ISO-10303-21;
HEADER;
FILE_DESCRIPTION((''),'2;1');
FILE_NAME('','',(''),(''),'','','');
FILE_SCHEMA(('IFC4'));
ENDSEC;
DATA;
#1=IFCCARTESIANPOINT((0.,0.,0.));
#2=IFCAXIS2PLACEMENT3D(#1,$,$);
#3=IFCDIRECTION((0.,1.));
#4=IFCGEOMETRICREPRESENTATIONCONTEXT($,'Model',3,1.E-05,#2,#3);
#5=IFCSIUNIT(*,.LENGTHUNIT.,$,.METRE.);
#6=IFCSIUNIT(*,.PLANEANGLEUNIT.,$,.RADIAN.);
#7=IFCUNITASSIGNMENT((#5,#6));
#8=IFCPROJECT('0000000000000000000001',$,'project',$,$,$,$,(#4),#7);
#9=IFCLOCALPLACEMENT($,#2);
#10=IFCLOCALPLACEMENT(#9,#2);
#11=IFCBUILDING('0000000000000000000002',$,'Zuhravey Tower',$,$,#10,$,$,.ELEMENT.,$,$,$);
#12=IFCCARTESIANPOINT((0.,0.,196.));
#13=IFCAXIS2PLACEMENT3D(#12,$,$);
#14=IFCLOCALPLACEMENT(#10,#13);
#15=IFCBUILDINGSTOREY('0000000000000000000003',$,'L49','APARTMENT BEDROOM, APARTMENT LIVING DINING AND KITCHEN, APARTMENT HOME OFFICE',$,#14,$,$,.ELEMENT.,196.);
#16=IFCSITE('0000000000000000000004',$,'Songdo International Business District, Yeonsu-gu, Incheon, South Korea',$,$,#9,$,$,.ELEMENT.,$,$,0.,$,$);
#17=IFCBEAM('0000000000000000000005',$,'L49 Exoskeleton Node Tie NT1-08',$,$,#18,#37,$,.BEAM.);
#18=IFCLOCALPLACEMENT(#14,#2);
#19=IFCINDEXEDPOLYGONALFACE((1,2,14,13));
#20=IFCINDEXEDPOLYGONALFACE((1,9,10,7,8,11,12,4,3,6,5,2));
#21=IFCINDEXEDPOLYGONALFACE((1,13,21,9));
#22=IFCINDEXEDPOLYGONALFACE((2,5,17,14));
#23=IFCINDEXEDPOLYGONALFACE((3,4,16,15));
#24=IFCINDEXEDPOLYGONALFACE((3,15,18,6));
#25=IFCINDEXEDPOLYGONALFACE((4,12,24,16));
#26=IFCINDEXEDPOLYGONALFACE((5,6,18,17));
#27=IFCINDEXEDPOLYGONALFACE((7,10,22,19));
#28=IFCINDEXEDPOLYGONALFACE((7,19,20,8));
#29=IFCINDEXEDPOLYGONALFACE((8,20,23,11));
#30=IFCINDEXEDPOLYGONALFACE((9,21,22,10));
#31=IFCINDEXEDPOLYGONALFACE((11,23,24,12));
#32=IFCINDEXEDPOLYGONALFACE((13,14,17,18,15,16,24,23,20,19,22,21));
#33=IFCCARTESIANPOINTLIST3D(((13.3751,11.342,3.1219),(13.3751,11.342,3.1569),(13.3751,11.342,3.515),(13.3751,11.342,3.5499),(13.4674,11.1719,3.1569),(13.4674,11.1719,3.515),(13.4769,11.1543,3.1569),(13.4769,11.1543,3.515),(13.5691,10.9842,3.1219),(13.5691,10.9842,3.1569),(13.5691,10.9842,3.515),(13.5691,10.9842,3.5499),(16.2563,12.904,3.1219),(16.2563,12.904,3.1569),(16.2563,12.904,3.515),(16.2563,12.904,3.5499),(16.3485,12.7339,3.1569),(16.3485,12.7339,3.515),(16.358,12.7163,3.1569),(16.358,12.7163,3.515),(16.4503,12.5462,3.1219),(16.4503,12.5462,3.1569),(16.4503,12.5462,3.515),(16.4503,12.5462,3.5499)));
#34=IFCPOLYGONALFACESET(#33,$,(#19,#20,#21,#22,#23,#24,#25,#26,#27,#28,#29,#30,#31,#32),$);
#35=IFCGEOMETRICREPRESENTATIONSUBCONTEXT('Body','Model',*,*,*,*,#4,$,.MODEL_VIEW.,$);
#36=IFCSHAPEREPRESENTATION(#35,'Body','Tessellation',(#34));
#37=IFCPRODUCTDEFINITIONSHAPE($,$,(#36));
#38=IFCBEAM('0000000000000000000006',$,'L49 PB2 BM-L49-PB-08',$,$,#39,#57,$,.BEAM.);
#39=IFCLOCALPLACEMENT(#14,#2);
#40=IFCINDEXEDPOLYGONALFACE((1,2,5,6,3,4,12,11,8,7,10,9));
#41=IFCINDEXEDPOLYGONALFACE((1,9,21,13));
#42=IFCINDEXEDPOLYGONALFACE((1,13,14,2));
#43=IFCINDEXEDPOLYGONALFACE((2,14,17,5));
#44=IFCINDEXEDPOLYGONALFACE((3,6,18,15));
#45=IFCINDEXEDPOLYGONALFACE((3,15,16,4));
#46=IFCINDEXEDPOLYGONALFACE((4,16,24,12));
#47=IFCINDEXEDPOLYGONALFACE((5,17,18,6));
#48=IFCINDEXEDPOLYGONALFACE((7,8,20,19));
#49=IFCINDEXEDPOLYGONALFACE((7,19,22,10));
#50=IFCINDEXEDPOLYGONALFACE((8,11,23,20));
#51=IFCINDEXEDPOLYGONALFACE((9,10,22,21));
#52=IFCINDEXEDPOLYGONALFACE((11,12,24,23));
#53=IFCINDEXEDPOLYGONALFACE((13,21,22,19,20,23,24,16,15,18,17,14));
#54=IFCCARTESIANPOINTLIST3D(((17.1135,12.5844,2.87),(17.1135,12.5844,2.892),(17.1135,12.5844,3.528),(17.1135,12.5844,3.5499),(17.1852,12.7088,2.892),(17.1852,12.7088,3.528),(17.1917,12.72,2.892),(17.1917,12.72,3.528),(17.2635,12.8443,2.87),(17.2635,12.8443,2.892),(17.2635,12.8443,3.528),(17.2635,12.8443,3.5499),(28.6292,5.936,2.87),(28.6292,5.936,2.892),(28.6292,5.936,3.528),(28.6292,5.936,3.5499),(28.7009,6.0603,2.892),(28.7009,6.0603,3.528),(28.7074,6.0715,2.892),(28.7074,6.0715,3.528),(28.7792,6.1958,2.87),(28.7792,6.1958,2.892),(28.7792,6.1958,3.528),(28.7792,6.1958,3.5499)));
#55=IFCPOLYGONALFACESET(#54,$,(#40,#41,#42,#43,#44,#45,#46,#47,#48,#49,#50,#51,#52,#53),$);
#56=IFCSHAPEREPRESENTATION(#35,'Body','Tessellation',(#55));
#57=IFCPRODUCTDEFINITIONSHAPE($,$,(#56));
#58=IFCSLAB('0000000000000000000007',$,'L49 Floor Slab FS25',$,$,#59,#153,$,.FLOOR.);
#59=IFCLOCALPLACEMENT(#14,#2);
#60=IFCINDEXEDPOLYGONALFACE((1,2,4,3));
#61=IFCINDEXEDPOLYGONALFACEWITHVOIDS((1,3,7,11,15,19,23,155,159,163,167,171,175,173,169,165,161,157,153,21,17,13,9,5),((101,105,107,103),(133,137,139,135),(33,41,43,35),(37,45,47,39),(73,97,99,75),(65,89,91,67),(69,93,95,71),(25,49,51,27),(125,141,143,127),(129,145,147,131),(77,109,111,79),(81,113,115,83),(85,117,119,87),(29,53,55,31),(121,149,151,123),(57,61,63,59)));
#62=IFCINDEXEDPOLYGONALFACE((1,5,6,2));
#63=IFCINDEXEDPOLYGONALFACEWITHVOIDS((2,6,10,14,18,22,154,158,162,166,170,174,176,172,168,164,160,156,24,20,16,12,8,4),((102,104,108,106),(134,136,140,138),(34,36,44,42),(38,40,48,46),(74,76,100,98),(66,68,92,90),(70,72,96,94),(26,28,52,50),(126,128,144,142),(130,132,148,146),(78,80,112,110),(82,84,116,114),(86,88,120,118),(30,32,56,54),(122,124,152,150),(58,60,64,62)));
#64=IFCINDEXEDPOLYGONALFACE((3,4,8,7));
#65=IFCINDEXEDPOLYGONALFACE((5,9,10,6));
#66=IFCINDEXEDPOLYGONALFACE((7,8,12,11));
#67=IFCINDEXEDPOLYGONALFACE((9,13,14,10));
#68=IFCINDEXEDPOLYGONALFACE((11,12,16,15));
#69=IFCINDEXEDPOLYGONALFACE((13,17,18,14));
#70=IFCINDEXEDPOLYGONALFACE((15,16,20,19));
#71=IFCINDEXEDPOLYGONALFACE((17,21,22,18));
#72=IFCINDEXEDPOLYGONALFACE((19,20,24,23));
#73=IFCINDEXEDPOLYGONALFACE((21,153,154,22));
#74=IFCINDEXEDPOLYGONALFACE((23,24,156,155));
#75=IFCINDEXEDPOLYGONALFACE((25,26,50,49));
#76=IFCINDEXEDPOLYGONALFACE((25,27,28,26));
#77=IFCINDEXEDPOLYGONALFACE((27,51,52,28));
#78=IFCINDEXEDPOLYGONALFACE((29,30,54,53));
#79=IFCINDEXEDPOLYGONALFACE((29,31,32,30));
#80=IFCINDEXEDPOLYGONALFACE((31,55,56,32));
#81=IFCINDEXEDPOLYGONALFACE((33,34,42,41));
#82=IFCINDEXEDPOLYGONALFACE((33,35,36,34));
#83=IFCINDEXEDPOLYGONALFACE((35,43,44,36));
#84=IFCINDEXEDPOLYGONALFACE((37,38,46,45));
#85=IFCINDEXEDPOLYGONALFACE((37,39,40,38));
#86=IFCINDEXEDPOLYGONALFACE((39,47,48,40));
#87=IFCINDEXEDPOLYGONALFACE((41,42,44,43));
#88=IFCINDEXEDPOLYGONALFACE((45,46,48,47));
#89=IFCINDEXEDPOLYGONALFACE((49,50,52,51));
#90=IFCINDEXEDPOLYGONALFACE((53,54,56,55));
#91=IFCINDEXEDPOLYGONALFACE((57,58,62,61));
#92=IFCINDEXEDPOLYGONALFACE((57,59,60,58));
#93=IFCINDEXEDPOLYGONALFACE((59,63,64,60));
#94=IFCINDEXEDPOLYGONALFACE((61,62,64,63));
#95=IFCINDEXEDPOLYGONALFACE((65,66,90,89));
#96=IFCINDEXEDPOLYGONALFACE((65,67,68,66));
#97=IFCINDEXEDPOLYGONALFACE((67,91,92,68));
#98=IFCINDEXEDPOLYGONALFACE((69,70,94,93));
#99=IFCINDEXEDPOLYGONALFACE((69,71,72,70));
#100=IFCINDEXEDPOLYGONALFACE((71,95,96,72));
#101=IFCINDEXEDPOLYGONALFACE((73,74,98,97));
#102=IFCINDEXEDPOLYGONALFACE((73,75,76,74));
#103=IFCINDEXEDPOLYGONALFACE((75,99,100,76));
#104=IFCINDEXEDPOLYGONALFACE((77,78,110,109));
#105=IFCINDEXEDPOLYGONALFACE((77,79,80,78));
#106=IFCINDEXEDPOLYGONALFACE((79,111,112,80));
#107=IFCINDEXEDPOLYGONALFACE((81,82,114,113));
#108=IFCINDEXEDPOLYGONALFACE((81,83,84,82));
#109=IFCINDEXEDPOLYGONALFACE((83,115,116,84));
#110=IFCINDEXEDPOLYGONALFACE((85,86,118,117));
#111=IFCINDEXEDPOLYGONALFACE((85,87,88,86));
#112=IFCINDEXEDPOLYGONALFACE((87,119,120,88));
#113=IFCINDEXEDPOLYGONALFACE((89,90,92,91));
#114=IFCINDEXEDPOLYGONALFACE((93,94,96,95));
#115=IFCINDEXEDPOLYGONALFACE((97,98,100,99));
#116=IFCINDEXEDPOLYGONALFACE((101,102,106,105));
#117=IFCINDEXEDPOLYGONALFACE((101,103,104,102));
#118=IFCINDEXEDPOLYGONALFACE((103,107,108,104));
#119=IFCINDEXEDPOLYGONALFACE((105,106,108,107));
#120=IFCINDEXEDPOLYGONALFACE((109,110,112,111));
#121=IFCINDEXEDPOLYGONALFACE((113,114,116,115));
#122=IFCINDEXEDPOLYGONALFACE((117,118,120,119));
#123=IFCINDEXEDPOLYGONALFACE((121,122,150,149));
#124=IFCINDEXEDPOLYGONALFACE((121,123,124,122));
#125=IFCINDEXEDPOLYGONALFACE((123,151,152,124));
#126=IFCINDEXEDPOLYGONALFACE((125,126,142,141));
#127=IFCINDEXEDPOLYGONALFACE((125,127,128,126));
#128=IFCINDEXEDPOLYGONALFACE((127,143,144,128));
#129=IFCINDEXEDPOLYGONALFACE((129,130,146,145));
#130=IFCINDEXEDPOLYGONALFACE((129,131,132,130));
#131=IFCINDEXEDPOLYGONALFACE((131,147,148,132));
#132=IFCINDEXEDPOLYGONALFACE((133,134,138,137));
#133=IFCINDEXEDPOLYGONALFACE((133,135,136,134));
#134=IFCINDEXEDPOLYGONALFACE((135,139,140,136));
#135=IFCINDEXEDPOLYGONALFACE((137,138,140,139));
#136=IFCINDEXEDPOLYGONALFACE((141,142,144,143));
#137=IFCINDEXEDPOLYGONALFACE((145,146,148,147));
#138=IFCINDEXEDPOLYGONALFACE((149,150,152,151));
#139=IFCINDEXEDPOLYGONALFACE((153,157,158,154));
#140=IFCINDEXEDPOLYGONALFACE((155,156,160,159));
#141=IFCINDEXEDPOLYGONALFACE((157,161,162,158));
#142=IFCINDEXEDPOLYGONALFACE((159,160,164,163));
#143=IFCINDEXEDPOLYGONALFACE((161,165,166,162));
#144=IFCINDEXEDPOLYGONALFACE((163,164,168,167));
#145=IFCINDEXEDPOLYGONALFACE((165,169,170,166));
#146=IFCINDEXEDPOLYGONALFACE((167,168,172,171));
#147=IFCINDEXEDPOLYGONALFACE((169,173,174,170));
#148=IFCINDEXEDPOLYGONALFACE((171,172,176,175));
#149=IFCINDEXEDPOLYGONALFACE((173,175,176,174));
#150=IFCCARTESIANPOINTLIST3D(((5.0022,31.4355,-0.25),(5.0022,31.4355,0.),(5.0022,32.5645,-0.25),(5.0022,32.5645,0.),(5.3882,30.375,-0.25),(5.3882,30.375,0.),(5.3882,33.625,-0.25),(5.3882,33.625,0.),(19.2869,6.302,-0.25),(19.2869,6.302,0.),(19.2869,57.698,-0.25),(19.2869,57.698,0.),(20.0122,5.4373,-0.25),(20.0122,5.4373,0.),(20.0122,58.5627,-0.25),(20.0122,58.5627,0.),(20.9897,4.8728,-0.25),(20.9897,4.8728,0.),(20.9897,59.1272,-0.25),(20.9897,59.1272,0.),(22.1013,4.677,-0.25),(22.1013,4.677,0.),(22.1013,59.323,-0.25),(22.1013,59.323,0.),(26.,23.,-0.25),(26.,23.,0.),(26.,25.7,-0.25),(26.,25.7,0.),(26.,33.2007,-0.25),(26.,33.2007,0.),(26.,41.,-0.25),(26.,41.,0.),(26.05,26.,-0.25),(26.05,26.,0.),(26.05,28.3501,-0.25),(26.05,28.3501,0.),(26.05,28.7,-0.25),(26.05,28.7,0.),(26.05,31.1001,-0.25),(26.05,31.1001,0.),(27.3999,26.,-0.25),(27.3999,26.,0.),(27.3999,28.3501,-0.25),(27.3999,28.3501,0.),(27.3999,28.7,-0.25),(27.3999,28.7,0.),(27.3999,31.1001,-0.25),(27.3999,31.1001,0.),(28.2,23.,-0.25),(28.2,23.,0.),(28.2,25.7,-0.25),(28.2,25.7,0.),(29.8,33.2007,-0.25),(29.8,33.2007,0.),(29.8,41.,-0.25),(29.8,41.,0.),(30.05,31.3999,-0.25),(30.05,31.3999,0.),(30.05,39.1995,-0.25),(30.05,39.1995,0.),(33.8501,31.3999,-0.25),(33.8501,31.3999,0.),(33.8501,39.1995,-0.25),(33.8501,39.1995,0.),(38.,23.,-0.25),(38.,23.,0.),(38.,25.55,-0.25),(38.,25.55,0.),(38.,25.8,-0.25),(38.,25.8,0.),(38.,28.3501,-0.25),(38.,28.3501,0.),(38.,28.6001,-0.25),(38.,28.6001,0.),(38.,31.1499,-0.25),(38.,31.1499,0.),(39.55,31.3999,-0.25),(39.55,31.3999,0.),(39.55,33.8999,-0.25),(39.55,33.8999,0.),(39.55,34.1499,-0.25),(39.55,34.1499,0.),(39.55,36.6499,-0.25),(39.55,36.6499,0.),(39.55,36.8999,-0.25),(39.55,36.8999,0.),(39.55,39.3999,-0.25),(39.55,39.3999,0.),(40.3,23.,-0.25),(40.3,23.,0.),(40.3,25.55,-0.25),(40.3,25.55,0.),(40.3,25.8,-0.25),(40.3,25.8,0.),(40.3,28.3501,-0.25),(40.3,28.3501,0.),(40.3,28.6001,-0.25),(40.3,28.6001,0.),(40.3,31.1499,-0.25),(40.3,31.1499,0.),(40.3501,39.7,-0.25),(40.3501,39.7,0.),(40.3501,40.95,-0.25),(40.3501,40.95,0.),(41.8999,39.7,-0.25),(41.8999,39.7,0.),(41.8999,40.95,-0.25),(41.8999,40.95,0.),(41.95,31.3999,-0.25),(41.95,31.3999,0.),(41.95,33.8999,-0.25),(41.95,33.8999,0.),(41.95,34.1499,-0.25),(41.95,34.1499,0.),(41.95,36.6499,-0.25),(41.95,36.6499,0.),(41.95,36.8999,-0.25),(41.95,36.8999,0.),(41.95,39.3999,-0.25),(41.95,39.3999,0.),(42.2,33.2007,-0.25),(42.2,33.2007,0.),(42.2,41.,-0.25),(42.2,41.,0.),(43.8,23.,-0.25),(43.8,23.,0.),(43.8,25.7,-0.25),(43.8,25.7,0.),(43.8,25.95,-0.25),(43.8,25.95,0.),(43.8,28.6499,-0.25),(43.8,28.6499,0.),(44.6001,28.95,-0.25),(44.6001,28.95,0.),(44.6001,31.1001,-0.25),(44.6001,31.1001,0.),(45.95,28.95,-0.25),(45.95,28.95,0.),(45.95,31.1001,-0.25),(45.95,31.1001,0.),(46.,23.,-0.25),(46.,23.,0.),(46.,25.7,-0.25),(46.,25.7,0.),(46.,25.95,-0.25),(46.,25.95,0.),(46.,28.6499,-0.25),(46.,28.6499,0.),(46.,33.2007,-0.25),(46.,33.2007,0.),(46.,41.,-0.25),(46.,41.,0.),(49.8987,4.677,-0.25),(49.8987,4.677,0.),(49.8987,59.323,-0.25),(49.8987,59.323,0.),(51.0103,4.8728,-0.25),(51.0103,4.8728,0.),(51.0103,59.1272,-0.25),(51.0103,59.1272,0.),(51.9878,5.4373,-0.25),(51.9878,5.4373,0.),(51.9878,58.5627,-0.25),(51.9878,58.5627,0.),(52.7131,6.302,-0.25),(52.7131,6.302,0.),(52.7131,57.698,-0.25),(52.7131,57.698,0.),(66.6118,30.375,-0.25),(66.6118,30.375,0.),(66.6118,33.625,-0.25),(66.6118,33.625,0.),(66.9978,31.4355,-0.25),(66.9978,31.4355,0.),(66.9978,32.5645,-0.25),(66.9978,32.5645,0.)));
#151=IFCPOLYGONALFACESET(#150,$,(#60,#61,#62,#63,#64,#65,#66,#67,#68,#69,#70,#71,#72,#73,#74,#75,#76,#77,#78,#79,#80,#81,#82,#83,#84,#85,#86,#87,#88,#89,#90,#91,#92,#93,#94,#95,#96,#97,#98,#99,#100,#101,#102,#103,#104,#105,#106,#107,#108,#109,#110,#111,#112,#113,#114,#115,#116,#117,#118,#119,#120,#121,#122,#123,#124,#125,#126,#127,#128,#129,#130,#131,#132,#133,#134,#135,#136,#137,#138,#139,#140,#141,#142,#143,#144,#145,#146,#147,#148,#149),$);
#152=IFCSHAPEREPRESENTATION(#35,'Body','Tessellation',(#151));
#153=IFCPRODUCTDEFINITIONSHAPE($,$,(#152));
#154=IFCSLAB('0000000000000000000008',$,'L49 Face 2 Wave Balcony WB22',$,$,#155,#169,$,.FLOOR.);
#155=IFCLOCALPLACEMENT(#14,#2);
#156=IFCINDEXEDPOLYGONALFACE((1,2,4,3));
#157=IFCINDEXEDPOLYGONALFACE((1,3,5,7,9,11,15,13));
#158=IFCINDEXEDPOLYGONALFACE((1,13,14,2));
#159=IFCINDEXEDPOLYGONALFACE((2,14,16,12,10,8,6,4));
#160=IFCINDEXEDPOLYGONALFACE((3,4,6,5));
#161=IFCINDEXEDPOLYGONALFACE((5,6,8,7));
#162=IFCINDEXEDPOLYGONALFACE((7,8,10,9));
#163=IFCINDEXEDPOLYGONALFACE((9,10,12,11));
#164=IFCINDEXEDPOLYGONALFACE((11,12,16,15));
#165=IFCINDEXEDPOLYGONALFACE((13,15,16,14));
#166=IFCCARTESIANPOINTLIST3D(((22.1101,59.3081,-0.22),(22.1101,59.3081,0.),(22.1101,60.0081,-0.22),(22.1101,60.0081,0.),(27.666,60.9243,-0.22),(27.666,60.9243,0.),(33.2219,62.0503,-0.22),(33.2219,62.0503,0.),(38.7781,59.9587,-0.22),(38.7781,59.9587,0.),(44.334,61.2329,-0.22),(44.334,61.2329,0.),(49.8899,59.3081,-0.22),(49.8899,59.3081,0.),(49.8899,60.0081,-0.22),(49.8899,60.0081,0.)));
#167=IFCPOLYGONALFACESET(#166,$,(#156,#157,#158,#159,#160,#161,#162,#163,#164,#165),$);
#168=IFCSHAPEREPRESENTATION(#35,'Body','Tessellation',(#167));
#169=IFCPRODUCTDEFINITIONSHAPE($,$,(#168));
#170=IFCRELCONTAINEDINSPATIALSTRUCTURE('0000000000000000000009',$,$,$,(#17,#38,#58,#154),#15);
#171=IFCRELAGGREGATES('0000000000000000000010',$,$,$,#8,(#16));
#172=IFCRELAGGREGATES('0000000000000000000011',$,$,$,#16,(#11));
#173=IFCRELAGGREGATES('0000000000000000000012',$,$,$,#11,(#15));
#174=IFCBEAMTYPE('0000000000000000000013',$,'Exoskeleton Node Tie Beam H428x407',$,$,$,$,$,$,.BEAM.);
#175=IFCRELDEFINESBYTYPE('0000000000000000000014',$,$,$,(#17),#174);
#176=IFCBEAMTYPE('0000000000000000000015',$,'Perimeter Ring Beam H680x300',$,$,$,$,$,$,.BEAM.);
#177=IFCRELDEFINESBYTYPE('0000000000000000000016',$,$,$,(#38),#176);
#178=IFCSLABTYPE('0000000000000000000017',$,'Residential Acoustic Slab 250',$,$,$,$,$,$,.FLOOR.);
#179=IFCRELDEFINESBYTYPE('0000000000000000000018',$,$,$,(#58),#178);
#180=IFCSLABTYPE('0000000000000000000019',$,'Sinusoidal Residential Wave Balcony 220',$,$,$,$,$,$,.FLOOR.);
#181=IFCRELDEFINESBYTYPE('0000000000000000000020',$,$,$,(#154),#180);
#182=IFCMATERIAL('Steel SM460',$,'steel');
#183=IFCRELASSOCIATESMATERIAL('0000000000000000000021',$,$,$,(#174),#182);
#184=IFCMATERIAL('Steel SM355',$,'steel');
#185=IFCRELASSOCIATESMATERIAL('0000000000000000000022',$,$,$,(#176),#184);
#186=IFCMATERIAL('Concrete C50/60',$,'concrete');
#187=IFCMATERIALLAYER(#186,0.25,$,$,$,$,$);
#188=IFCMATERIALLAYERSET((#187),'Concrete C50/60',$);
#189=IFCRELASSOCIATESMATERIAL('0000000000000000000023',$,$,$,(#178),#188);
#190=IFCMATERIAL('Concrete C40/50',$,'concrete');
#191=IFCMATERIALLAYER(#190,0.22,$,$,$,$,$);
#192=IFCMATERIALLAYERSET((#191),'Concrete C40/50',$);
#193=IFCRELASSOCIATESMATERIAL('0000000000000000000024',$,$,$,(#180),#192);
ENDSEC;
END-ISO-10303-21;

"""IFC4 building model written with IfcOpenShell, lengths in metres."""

from ifc_helpers import new_model, si_unit, direction, frame, origin, origin_2d, place, context, subcontext, project, spatial, polyline, i_section, outline, extrude, material, layer, layer_set, material_profile, profile_set, type_object, element, save


model = new_model("IFC4")

# Units and contexts
model_context = context("Model", 3, precision=1e-05, world=origin(), true_north=direction((0.0, 1.0)))
body_context = subcontext(model_context, "Body", "Model", "MODEL_VIEW")
ifc_project = project(units=[si_unit("LENGTHUNIT", "METRE"), si_unit("PLANEANGLEUNIT", "RADIAN")], contexts=[model_context])

# Site, building, storey
site_placement = place(None, origin())
site = spatial("IfcSite", under=ifc_project, at=site_placement, Name="Songdo International Business District, Yeonsu-gu, Incheon, South Korea", CompositionType="ELEMENT", RefElevation=0.0)
building_placement = place(site_placement, origin())
building = spatial("IfcBuilding", under=site, at=building_placement, Name="Zuhravey Tower", CompositionType="ELEMENT")
storey_placement = place(building_placement, frame((0.0, 0.0, 196.0)))
storey = spatial("IfcBuildingStorey", under=building, at=storey_placement, Name="L49", Description="APARTMENT BEDROOM, APARTMENT LIVING DINING AND KITCHEN, APARTMENT HOME OFFICE", CompositionType="ELEMENT", Elevation=196.0)

# Shared definitions
ifc_material_1 = material(Name="Concrete C50/60", Category="concrete")

# Beams
ifc_material_2 = material(Name="Steel SM460", Category="steel")
ifc_material_profile_1 = material_profile(ifc_material_2, i_section(OverallWidth=0.407, OverallDepth=0.428, WebThickness=0.02, FlangeThickness=0.0349, at=origin_2d()), Name="H-428x407x20x35")
ifc_profile_set_1 = profile_set([ifc_material_profile_1], Name="Steel SM460")
beam_type_1 = type_object("IfcBeamType", Name="Exoskeleton Node Tie Beam H428x407", PredefinedType="BEAM", material=ifc_profile_set_1)
beam_1_placement = place(storey_placement, frame((16.3533, 12.7251, 3.3359), z_axis=(-0.879111, -0.476617, 0.0), x_axis=(0.476617, -0.879111, 0.0)))
element("IfcBeam", 1, at=beam_1_placement, inside=storey, type_object=beam_type_1, Name="L49 Exoskeleton Node Tie NT1-08", PredefinedType="BEAM", context=body_context, shape_type="SweptSolid", body=[
    extrude(i_section(OverallWidth=0.407, OverallDepth=0.428, WebThickness=0.02, FlangeThickness=0.0349, at=origin_2d()), origin(), (0.0, 0.0, 1.0), 3.2773),
])
ifc_material_3 = material(Name="Steel SM355", Category="steel")
ifc_material_profile_2 = material_profile(ifc_material_3, i_section(OverallWidth=0.3, OverallDepth=0.6799, WebThickness=0.0129, FlangeThickness=0.022, at=origin_2d()), Name="H-680x300x13x22")
ifc_profile_set_2 = profile_set([ifc_material_profile_2], Name="Steel SM355")
beam_type_2 = type_object("IfcBeamType", Name="Perimeter Ring Beam H680x300", PredefinedType="BEAM", material=ifc_profile_set_2)
beam_2_placement = place(storey_placement, frame((17.1885, 12.7144, 3.21), z_axis=(0.866029, -0.499994, 0.0), x_axis=(0.499994, 0.866029, 0.0)))
element("IfcBeam", 2, at=beam_2_placement, inside=storey, type_object=beam_type_2, Name="L49 PB2 BM-L49-PB-08", PredefinedType="BEAM", context=body_context, shape_type="SweptSolid", body=[
    extrude(i_section(OverallWidth=0.3, OverallDepth=0.6799, WebThickness=0.0129, FlangeThickness=0.022, at=origin_2d()), origin(), (0.0, 0.0, 1.0), 13.2971),
])

# Slabs
ifc_layer_1 = layer(ifc_material_1, 0.25)
ifc_layer_set_1 = layer_set([ifc_layer_1], Name="Concrete C50/60")
slab_type_1 = type_object("IfcSlabType", Name="Residential Acoustic Slab 250", PredefinedType="FLOOR", material=ifc_layer_set_1)
slab_1_placement = place(storey_placement, frame((0.0, 0.0, -0.25)))
element("IfcSlab", 3, at=slab_1_placement, inside=storey, type_object=slab_type_1, Name="L49 Floor Slab FS25", PredefinedType="FLOOR", context=body_context, shape_type="SweptSolid", body=[
    extrude(outline(polyline([(66.6118, 30.375), (66.9978, 31.4355), (66.9978, 32.5645), (66.6118, 33.625), (52.7131, 57.698), (51.9878, 58.5627), (51.0103, 59.1272), (49.8987, 59.323), (22.1013, 59.323), (20.9897, 59.1272), (20.0122, 58.5627), (19.2869, 57.698), (5.3882, 33.625), (5.0022, 32.5645), (5.0022, 31.4355), (5.3882, 30.375), (19.2869, 6.302), (20.0122, 5.4373), (20.9897, 4.8728), (22.1013, 4.677), (49.8987, 4.677), (51.0103, 4.8728), (51.9878, 5.4373), (52.7131, 6.302), (66.6118, 30.375)]), holes=[polyline([(29.8, 33.2007), (29.8, 41.0), (26.0, 41.0), (26.0, 33.2007), (29.8, 33.2007)]), polyline([(46.0, 33.2007), (46.0, 41.0), (42.2, 41.0), (42.2, 33.2007), (46.0, 33.2007)]), polyline([(30.05, 39.1995), (30.05, 31.3999), (33.8501, 31.3999), (33.8501, 39.1995), (30.05, 39.1995)]), polyline([(38.0, 23.0), (40.3, 23.0), (40.3, 25.55), (38.0, 25.55), (38.0, 23.0)]), polyline([(38.0, 25.8), (40.3, 25.8), (40.3, 28.3501), (38.0, 28.3501), (38.0, 25.8)]), polyline([(38.0, 28.6001), (40.3, 28.6001), (40.3, 31.1499), (38.0, 31.1499), (38.0, 28.6001)]), polyline([(39.55, 31.3999), (41.95, 31.3999), (41.95, 33.8999), (39.55, 33.8999), (39.55, 31.3999)]), polyline([(39.55, 34.1499), (41.95, 34.1499), (41.95, 36.6499), (39.55, 36.6499), (39.55, 34.1499)]), polyline([(39.55, 36.8999), (41.95, 36.8999), (41.95, 39.3999), (39.55, 39.3999), (39.55, 36.8999)]), polyline([(26.0, 23.0), (28.2, 23.0), (28.2, 25.7), (26.0, 25.7), (26.0, 23.0)]), polyline([(43.8, 23.0), (46.0, 23.0), (46.0, 25.7), (43.8, 25.7), (43.8, 23.0)]), polyline([(43.8, 25.95), (46.0, 25.95), (46.0, 28.6499), (43.8, 28.6499), (43.8, 25.95)]), polyline([(26.05, 26.0), (27.3999, 26.0), (27.3999, 28.3501), (26.05, 28.3501), (26.05, 26.0)]), polyline([(26.05, 28.7), (27.3999, 28.7), (27.3999, 31.1001), (26.05, 31.1001), (26.05, 28.7)]), polyline([(44.6001, 28.95), (45.95, 28.95), (45.95, 31.1001), (44.6001, 31.1001), (44.6001, 28.95)]), polyline([(40.3501, 39.7), (41.8999, 39.7), (41.8999, 40.95), (40.3501, 40.95), (40.3501, 39.7)])]), origin(), (0.0, 0.0, 1.0), 0.25),
])
ifc_material_4 = material(Name="Concrete C40/50", Category="concrete")
ifc_layer_2 = layer(ifc_material_4, 0.22)
ifc_layer_set_2 = layer_set([ifc_layer_2], Name="Concrete C40/50")
slab_type_2 = type_object("IfcSlabType", Name="Sinusoidal Residential Wave Balcony 220", PredefinedType="FLOOR", material=ifc_layer_set_2)
slab_2_placement = place(storey_placement, frame((0.0, 0.0, -0.22)))
element("IfcSlab", 4, at=slab_2_placement, inside=storey, type_object=slab_type_2, Name="L49 Face 2 Wave Balcony WB22", PredefinedType="FLOOR", context=body_context, shape_type="SweptSolid", body=[
    extrude(outline(polyline([(49.8899, 59.3081), (22.1101, 59.3081), (22.1101, 60.0081), (27.666, 60.9243), (33.2219, 62.0503), (38.7781, 59.9587), (44.334, 61.2329), (49.8899, 60.0081), (49.8899, 59.3081)])), origin(), (0.0, 0.0, 1.0), 0.22),
])

save(model, "model.ifc")
